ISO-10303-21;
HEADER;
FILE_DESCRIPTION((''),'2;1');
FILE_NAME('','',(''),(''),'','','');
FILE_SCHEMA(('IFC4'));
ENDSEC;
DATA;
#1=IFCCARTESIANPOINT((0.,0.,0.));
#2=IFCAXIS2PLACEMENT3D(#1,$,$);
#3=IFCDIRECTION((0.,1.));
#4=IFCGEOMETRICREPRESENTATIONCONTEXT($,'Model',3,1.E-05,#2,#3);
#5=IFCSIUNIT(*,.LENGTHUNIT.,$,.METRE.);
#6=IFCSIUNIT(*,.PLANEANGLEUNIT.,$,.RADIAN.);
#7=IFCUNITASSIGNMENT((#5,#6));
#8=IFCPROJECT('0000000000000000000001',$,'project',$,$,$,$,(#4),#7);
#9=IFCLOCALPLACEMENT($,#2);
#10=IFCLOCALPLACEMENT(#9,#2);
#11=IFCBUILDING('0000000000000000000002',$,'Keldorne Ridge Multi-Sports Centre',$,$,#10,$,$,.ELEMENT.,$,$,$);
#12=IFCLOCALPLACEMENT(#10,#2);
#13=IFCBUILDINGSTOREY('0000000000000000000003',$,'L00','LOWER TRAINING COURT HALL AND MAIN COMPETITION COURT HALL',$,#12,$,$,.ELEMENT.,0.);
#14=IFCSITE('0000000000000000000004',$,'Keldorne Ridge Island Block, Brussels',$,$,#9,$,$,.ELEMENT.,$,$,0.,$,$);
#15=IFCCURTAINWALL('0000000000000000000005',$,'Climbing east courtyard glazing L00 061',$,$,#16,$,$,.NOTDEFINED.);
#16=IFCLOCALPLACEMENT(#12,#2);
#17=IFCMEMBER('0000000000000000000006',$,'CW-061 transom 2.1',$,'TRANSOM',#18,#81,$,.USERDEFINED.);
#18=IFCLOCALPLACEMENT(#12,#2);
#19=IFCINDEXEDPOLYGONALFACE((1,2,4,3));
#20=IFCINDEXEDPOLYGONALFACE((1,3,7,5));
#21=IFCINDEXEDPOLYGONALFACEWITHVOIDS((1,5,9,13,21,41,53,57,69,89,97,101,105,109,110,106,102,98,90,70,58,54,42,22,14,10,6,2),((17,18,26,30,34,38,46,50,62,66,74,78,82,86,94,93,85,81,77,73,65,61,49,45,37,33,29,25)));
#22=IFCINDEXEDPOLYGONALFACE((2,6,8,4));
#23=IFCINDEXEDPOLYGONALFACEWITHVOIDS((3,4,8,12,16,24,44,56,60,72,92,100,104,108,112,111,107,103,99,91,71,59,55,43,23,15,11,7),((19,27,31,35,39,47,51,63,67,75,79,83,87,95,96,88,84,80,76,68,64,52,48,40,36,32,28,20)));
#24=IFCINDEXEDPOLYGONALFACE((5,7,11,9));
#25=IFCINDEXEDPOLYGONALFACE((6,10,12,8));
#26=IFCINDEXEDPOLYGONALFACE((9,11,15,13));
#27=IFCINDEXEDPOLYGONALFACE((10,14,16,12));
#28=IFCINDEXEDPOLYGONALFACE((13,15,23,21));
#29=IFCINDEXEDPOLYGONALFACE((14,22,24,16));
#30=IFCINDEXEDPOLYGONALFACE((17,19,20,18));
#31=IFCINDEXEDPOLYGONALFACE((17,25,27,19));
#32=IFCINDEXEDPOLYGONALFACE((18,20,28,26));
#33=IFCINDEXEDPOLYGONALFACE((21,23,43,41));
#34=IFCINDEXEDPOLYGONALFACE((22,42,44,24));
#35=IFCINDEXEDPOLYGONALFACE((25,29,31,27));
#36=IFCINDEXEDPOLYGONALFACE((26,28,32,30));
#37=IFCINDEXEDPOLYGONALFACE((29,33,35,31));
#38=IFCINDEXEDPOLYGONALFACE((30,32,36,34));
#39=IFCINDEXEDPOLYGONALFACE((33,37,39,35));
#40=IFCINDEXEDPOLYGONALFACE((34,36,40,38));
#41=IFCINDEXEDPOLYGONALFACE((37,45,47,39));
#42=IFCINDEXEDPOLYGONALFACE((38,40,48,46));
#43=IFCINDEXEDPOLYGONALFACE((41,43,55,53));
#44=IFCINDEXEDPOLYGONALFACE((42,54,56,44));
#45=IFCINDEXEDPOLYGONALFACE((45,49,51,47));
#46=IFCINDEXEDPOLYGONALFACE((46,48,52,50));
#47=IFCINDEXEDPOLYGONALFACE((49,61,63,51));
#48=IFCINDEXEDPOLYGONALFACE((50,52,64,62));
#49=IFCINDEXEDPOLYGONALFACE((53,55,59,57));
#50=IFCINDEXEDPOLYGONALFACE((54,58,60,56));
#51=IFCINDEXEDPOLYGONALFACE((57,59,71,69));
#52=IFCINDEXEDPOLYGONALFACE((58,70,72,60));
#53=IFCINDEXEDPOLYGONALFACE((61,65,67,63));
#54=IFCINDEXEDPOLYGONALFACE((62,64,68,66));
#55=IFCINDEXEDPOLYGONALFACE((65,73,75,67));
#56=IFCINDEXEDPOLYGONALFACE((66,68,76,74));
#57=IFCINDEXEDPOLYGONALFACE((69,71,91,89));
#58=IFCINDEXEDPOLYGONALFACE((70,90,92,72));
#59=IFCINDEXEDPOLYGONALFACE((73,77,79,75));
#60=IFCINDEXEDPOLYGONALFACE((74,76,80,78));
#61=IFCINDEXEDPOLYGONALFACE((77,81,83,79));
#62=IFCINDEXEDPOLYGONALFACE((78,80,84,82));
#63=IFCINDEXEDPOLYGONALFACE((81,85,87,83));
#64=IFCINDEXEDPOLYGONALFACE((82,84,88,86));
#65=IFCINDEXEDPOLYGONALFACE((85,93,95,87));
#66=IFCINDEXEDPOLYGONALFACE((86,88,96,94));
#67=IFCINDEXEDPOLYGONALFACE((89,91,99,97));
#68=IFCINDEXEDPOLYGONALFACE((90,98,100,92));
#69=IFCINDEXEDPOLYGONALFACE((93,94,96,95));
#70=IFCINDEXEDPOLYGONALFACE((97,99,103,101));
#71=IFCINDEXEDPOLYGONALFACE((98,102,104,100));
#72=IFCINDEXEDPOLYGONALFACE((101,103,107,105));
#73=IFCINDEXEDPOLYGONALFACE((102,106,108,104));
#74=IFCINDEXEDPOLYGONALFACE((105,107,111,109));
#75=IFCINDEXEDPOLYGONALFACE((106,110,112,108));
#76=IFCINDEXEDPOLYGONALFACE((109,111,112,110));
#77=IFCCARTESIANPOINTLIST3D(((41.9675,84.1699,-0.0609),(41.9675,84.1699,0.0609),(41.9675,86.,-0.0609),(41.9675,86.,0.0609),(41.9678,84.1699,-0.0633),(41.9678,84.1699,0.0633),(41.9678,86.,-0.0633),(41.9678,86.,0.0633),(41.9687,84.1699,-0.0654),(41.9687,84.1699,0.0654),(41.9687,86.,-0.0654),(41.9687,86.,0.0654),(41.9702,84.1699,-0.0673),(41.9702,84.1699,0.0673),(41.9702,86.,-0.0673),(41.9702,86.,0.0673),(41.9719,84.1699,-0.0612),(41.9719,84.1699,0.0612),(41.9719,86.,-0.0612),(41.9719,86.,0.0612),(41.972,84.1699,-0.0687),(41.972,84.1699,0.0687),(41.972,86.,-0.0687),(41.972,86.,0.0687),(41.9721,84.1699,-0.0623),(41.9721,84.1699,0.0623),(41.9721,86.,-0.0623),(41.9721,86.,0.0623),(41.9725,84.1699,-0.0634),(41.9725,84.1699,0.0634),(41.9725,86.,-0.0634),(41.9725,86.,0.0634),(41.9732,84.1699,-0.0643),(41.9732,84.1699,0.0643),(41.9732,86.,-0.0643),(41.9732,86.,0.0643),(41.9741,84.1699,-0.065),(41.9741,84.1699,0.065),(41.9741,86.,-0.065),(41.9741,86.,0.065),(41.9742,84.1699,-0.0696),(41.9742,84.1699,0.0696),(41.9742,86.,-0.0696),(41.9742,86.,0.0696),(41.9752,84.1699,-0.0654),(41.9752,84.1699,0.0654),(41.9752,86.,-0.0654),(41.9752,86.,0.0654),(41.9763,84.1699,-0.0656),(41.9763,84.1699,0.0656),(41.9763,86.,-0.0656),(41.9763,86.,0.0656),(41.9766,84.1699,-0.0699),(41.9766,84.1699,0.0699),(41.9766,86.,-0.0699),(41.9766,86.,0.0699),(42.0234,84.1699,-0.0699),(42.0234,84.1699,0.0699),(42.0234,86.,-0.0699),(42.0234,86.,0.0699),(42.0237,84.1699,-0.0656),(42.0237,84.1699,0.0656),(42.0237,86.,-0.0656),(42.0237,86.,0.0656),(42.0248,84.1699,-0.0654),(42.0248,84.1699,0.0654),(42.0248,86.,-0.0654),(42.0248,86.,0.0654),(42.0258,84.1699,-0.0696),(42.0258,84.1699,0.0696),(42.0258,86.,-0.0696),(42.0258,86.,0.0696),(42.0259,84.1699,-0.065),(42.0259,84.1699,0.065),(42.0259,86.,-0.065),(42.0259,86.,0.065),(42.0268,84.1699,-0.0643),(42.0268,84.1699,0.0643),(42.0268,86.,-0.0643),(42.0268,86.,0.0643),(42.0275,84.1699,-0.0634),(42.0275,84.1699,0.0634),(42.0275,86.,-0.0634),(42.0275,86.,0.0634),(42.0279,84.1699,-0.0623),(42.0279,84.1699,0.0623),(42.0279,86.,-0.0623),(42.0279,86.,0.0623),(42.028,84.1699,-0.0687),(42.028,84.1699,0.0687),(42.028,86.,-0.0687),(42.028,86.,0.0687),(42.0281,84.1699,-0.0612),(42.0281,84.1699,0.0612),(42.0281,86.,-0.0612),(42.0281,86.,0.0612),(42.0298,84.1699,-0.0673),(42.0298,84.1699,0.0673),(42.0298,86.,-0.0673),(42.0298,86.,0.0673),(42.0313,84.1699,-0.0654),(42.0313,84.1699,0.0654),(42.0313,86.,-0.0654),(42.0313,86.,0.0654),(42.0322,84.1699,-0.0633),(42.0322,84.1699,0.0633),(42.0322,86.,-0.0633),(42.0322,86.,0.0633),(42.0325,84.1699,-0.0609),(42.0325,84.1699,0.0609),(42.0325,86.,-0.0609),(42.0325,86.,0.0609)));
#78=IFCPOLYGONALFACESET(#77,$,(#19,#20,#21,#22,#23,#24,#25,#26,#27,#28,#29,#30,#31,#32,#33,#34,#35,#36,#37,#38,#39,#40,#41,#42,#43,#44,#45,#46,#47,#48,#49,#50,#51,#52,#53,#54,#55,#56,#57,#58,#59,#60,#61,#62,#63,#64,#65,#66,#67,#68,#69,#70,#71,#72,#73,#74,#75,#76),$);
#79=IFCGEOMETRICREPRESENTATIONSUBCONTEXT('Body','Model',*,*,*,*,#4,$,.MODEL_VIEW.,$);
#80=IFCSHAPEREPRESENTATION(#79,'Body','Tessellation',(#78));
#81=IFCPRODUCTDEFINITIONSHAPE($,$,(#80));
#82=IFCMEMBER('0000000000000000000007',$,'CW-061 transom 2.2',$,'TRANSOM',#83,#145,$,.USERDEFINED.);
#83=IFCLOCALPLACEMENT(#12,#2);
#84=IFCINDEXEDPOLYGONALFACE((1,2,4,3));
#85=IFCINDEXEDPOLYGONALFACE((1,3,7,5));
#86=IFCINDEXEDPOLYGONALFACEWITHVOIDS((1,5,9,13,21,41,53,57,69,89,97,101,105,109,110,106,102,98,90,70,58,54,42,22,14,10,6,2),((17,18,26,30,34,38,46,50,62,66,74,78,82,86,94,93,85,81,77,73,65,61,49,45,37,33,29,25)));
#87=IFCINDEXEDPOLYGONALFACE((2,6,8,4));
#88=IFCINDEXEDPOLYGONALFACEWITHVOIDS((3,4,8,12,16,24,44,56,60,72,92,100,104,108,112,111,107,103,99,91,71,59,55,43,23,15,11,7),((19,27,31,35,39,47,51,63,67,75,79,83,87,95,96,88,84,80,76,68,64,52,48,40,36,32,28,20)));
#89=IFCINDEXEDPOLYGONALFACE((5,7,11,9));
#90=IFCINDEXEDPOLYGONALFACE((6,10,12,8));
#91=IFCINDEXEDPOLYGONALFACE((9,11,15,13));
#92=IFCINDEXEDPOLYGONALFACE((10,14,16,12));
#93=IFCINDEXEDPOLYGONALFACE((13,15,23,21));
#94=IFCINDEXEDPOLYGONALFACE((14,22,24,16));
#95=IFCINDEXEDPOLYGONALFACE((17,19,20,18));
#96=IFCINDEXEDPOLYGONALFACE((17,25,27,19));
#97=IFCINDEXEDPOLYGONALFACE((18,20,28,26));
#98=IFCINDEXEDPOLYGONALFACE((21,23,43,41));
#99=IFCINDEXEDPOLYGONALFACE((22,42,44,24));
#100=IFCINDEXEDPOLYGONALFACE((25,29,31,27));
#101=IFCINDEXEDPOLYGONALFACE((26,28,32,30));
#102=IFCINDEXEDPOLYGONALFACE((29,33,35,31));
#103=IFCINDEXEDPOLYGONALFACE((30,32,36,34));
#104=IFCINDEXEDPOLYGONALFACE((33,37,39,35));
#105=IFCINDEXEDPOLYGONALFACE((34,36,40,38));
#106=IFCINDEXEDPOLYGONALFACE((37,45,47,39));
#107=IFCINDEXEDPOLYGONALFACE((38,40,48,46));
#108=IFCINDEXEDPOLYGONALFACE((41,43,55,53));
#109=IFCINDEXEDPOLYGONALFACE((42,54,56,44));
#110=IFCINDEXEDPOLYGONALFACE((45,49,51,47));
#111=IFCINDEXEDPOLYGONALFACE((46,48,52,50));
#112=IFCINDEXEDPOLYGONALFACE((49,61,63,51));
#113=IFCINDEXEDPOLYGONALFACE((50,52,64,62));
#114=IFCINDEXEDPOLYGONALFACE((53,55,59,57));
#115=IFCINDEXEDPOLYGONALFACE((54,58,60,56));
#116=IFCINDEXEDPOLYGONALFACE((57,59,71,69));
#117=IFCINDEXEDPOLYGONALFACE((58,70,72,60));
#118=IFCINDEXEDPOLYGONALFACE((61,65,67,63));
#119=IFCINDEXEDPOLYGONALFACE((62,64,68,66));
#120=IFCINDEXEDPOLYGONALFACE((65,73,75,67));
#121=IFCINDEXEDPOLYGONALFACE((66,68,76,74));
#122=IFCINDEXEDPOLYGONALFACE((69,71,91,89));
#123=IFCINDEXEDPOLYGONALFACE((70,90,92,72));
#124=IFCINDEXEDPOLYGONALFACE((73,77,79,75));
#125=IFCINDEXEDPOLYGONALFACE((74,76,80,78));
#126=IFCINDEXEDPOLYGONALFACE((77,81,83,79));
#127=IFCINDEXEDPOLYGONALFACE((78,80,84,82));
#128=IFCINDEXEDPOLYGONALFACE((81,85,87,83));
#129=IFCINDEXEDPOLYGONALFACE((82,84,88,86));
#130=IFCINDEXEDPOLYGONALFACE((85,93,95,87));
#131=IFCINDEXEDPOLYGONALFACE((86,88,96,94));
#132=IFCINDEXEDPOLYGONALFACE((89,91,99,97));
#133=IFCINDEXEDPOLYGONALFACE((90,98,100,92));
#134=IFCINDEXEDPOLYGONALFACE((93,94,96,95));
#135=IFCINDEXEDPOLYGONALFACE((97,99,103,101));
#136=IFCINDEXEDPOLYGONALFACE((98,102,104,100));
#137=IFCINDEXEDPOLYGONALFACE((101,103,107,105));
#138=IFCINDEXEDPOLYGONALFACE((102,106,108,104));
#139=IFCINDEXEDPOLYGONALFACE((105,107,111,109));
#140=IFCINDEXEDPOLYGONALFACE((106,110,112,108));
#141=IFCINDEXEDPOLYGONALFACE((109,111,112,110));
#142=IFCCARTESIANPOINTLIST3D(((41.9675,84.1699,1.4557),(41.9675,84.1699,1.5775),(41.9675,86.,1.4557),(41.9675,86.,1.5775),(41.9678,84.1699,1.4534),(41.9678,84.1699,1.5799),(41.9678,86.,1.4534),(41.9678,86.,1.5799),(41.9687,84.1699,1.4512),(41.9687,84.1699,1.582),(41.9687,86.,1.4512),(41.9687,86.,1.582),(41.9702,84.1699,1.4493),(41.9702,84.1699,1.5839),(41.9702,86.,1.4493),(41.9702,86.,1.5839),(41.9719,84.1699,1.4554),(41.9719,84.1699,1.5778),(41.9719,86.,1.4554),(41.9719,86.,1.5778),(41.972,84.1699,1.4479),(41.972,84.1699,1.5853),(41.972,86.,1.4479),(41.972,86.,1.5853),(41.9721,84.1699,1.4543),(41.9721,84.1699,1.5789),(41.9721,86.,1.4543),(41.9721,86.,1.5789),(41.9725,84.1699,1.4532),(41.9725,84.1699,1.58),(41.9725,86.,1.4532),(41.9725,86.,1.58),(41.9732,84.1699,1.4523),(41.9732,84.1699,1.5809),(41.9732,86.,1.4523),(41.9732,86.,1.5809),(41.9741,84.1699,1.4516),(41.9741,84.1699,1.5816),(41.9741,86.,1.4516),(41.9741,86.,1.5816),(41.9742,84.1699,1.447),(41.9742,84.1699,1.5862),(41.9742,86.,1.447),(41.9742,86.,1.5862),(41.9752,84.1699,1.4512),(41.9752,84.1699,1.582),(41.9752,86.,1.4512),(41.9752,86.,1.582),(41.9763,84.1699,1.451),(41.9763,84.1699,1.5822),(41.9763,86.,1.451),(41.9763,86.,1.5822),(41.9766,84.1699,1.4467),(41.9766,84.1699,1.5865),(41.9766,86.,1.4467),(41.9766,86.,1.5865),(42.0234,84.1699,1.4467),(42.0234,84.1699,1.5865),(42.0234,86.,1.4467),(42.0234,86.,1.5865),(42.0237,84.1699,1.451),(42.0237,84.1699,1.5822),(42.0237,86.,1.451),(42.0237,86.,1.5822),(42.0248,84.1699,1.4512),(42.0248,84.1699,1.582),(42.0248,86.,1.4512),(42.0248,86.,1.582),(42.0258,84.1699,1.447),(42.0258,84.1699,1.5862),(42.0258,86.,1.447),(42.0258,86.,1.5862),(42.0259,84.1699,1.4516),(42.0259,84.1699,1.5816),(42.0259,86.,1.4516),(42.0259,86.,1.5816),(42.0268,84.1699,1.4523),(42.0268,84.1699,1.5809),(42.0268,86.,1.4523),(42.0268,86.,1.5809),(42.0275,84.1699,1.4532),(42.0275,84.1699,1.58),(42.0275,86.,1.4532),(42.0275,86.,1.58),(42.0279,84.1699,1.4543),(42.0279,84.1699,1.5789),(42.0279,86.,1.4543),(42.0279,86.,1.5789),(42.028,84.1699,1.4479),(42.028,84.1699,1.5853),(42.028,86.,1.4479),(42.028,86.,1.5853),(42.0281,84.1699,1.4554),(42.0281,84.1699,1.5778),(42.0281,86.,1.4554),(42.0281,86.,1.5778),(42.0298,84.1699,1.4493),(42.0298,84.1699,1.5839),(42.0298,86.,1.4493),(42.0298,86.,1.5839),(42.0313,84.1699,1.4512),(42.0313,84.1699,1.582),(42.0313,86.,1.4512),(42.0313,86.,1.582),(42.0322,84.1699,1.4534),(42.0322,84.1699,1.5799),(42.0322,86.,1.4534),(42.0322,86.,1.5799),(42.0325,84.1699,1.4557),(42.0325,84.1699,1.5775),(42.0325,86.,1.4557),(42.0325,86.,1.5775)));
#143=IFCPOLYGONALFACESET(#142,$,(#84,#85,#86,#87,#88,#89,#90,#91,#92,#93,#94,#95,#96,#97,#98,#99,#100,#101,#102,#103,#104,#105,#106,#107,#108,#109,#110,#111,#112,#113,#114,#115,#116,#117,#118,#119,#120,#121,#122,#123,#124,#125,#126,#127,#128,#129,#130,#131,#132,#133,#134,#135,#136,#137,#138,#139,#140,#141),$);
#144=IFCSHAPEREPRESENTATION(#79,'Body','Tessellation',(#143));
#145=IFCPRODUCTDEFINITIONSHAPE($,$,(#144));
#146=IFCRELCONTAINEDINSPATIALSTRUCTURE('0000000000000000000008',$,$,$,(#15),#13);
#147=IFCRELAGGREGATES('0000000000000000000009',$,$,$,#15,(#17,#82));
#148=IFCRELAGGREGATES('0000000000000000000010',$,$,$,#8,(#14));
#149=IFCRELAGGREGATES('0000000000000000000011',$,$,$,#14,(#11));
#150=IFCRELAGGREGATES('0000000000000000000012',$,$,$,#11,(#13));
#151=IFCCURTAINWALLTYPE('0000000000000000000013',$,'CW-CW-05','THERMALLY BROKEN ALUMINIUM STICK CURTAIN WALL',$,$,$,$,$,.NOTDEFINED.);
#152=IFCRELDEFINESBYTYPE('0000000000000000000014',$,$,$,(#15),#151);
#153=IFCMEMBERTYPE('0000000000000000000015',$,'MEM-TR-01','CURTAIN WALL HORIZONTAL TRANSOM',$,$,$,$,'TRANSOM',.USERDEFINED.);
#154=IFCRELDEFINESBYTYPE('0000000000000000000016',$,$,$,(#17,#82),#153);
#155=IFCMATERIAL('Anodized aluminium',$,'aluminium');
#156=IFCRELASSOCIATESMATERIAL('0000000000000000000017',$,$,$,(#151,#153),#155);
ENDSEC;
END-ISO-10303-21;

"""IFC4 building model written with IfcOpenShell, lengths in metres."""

from ifc_helpers import new_model, si_unit, direction, frame, origin, origin_2d, place, context, subcontext, project, spatial, hollow_rectangle, extrude, material, material_profile, profile_set, type_object, element, aggregate, save


model = new_model("IFC4")

# Units and contexts
model_context = context("Model", 3, precision=1e-05, world=origin(), true_north=direction((0.0, 1.0)))
body_context = subcontext(model_context, "Body", "Model", "MODEL_VIEW")
ifc_project = project(units=[si_unit("LENGTHUNIT", "METRE"), si_unit("PLANEANGLEUNIT", "RADIAN")], contexts=[model_context])

# Site, building, storey
site_placement = place(None, origin())
site = spatial("IfcSite", under=ifc_project, at=site_placement, Name="Keldorne Ridge Island Block, Brussels", CompositionType="ELEMENT", RefElevation=0.0)
building_placement = place(site_placement, origin())
building = spatial("IfcBuilding", under=site, at=building_placement, Name="Keldorne Ridge Multi-Sports Centre", CompositionType="ELEMENT")
storey_placement = place(building_placement, origin())
storey = spatial("IfcBuildingStorey", under=building, at=storey_placement, Name="L00", Description="LOWER TRAINING COURT HALL AND MAIN COMPETITION COURT HALL", CompositionType="ELEMENT", Elevation=0.0)

# Curtain wall, members
ifc_material_1 = material(Name="Anodized aluminium", Category="aluminium")
curtain_wall_type_1 = type_object("IfcCurtainWallType", Name="CW-CW-05", Description="THERMALLY BROKEN ALUMINIUM STICK CURTAIN WALL", PredefinedType="NOTDEFINED", material=ifc_material_1)
curtain_wall_1_placement = place(storey_placement, origin())
curtain_wall_1 = element("IfcCurtainWall", 1, at=curtain_wall_1_placement, inside=storey, type_object=curtain_wall_type_1, Name="Climbing east courtyard glazing L00 061", PredefinedType="NOTDEFINED")
ifc_material_profile_1 = material_profile(ifc_material_1, hollow_rectangle(XDim=0.0649, YDim=0.1399, WallThickness=0.0044, InnerFilletRadius=0.0044, OuterFilletRadius=0.009, at=origin_2d()), Name="ALU TRANSOM 140x65x4.5")
ifc_profile_set_1 = profile_set([ifc_material_profile_1], Name="Anodized aluminium")
member_type_1 = type_object("IfcMemberType", Name="MEM-TR-01", Description="CURTAIN WALL HORIZONTAL TRANSOM", ElementType="TRANSOM", PredefinedType="USERDEFINED", material=ifc_profile_set_1)
member_1_placement = place(storey_placement, frame((42.0, 84.1699, 0.0), z_axis=(0.0, 1.0, 0.0), x_axis=(-1.0, 0.0, 0.0)))
member_1 = element("IfcMember", 2, at=member_1_placement, type_object=member_type_1, Name="CW-061 transom 2.1", ObjectType="TRANSOM", PredefinedType="USERDEFINED", context=body_context, shape_type="SweptSolid", body=[
    extrude(hollow_rectangle(XDim=0.0649, YDim=0.1399, WallThickness=0.0044, InnerFilletRadius=0.0044, OuterFilletRadius=0.009, at=origin_2d()), origin(), (0.0, 0.0, 1.0), 1.8301),
])
member_2_placement = place(storey_placement, frame((42.0, 84.1699, 1.5166), z_axis=(0.0, 1.0, 0.0), x_axis=(-1.0, 0.0, 0.0)))
member_2 = element("IfcMember", 3, at=member_2_placement, type_object=member_type_1, Name="CW-061 transom 2.2", ObjectType="TRANSOM", PredefinedType="USERDEFINED", context=body_context, shape_type="SweptSolid", body=[
    extrude(hollow_rectangle(XDim=0.0649, YDim=0.1399, WallThickness=0.0044, InnerFilletRadius=0.0044, OuterFilletRadius=0.009, at=origin_2d()), origin(), (0.0, 0.0, 1.0), 1.8301),
])

aggregate(curtain_wall_1, [member_1, member_2])

save(model, "model.ifc")
